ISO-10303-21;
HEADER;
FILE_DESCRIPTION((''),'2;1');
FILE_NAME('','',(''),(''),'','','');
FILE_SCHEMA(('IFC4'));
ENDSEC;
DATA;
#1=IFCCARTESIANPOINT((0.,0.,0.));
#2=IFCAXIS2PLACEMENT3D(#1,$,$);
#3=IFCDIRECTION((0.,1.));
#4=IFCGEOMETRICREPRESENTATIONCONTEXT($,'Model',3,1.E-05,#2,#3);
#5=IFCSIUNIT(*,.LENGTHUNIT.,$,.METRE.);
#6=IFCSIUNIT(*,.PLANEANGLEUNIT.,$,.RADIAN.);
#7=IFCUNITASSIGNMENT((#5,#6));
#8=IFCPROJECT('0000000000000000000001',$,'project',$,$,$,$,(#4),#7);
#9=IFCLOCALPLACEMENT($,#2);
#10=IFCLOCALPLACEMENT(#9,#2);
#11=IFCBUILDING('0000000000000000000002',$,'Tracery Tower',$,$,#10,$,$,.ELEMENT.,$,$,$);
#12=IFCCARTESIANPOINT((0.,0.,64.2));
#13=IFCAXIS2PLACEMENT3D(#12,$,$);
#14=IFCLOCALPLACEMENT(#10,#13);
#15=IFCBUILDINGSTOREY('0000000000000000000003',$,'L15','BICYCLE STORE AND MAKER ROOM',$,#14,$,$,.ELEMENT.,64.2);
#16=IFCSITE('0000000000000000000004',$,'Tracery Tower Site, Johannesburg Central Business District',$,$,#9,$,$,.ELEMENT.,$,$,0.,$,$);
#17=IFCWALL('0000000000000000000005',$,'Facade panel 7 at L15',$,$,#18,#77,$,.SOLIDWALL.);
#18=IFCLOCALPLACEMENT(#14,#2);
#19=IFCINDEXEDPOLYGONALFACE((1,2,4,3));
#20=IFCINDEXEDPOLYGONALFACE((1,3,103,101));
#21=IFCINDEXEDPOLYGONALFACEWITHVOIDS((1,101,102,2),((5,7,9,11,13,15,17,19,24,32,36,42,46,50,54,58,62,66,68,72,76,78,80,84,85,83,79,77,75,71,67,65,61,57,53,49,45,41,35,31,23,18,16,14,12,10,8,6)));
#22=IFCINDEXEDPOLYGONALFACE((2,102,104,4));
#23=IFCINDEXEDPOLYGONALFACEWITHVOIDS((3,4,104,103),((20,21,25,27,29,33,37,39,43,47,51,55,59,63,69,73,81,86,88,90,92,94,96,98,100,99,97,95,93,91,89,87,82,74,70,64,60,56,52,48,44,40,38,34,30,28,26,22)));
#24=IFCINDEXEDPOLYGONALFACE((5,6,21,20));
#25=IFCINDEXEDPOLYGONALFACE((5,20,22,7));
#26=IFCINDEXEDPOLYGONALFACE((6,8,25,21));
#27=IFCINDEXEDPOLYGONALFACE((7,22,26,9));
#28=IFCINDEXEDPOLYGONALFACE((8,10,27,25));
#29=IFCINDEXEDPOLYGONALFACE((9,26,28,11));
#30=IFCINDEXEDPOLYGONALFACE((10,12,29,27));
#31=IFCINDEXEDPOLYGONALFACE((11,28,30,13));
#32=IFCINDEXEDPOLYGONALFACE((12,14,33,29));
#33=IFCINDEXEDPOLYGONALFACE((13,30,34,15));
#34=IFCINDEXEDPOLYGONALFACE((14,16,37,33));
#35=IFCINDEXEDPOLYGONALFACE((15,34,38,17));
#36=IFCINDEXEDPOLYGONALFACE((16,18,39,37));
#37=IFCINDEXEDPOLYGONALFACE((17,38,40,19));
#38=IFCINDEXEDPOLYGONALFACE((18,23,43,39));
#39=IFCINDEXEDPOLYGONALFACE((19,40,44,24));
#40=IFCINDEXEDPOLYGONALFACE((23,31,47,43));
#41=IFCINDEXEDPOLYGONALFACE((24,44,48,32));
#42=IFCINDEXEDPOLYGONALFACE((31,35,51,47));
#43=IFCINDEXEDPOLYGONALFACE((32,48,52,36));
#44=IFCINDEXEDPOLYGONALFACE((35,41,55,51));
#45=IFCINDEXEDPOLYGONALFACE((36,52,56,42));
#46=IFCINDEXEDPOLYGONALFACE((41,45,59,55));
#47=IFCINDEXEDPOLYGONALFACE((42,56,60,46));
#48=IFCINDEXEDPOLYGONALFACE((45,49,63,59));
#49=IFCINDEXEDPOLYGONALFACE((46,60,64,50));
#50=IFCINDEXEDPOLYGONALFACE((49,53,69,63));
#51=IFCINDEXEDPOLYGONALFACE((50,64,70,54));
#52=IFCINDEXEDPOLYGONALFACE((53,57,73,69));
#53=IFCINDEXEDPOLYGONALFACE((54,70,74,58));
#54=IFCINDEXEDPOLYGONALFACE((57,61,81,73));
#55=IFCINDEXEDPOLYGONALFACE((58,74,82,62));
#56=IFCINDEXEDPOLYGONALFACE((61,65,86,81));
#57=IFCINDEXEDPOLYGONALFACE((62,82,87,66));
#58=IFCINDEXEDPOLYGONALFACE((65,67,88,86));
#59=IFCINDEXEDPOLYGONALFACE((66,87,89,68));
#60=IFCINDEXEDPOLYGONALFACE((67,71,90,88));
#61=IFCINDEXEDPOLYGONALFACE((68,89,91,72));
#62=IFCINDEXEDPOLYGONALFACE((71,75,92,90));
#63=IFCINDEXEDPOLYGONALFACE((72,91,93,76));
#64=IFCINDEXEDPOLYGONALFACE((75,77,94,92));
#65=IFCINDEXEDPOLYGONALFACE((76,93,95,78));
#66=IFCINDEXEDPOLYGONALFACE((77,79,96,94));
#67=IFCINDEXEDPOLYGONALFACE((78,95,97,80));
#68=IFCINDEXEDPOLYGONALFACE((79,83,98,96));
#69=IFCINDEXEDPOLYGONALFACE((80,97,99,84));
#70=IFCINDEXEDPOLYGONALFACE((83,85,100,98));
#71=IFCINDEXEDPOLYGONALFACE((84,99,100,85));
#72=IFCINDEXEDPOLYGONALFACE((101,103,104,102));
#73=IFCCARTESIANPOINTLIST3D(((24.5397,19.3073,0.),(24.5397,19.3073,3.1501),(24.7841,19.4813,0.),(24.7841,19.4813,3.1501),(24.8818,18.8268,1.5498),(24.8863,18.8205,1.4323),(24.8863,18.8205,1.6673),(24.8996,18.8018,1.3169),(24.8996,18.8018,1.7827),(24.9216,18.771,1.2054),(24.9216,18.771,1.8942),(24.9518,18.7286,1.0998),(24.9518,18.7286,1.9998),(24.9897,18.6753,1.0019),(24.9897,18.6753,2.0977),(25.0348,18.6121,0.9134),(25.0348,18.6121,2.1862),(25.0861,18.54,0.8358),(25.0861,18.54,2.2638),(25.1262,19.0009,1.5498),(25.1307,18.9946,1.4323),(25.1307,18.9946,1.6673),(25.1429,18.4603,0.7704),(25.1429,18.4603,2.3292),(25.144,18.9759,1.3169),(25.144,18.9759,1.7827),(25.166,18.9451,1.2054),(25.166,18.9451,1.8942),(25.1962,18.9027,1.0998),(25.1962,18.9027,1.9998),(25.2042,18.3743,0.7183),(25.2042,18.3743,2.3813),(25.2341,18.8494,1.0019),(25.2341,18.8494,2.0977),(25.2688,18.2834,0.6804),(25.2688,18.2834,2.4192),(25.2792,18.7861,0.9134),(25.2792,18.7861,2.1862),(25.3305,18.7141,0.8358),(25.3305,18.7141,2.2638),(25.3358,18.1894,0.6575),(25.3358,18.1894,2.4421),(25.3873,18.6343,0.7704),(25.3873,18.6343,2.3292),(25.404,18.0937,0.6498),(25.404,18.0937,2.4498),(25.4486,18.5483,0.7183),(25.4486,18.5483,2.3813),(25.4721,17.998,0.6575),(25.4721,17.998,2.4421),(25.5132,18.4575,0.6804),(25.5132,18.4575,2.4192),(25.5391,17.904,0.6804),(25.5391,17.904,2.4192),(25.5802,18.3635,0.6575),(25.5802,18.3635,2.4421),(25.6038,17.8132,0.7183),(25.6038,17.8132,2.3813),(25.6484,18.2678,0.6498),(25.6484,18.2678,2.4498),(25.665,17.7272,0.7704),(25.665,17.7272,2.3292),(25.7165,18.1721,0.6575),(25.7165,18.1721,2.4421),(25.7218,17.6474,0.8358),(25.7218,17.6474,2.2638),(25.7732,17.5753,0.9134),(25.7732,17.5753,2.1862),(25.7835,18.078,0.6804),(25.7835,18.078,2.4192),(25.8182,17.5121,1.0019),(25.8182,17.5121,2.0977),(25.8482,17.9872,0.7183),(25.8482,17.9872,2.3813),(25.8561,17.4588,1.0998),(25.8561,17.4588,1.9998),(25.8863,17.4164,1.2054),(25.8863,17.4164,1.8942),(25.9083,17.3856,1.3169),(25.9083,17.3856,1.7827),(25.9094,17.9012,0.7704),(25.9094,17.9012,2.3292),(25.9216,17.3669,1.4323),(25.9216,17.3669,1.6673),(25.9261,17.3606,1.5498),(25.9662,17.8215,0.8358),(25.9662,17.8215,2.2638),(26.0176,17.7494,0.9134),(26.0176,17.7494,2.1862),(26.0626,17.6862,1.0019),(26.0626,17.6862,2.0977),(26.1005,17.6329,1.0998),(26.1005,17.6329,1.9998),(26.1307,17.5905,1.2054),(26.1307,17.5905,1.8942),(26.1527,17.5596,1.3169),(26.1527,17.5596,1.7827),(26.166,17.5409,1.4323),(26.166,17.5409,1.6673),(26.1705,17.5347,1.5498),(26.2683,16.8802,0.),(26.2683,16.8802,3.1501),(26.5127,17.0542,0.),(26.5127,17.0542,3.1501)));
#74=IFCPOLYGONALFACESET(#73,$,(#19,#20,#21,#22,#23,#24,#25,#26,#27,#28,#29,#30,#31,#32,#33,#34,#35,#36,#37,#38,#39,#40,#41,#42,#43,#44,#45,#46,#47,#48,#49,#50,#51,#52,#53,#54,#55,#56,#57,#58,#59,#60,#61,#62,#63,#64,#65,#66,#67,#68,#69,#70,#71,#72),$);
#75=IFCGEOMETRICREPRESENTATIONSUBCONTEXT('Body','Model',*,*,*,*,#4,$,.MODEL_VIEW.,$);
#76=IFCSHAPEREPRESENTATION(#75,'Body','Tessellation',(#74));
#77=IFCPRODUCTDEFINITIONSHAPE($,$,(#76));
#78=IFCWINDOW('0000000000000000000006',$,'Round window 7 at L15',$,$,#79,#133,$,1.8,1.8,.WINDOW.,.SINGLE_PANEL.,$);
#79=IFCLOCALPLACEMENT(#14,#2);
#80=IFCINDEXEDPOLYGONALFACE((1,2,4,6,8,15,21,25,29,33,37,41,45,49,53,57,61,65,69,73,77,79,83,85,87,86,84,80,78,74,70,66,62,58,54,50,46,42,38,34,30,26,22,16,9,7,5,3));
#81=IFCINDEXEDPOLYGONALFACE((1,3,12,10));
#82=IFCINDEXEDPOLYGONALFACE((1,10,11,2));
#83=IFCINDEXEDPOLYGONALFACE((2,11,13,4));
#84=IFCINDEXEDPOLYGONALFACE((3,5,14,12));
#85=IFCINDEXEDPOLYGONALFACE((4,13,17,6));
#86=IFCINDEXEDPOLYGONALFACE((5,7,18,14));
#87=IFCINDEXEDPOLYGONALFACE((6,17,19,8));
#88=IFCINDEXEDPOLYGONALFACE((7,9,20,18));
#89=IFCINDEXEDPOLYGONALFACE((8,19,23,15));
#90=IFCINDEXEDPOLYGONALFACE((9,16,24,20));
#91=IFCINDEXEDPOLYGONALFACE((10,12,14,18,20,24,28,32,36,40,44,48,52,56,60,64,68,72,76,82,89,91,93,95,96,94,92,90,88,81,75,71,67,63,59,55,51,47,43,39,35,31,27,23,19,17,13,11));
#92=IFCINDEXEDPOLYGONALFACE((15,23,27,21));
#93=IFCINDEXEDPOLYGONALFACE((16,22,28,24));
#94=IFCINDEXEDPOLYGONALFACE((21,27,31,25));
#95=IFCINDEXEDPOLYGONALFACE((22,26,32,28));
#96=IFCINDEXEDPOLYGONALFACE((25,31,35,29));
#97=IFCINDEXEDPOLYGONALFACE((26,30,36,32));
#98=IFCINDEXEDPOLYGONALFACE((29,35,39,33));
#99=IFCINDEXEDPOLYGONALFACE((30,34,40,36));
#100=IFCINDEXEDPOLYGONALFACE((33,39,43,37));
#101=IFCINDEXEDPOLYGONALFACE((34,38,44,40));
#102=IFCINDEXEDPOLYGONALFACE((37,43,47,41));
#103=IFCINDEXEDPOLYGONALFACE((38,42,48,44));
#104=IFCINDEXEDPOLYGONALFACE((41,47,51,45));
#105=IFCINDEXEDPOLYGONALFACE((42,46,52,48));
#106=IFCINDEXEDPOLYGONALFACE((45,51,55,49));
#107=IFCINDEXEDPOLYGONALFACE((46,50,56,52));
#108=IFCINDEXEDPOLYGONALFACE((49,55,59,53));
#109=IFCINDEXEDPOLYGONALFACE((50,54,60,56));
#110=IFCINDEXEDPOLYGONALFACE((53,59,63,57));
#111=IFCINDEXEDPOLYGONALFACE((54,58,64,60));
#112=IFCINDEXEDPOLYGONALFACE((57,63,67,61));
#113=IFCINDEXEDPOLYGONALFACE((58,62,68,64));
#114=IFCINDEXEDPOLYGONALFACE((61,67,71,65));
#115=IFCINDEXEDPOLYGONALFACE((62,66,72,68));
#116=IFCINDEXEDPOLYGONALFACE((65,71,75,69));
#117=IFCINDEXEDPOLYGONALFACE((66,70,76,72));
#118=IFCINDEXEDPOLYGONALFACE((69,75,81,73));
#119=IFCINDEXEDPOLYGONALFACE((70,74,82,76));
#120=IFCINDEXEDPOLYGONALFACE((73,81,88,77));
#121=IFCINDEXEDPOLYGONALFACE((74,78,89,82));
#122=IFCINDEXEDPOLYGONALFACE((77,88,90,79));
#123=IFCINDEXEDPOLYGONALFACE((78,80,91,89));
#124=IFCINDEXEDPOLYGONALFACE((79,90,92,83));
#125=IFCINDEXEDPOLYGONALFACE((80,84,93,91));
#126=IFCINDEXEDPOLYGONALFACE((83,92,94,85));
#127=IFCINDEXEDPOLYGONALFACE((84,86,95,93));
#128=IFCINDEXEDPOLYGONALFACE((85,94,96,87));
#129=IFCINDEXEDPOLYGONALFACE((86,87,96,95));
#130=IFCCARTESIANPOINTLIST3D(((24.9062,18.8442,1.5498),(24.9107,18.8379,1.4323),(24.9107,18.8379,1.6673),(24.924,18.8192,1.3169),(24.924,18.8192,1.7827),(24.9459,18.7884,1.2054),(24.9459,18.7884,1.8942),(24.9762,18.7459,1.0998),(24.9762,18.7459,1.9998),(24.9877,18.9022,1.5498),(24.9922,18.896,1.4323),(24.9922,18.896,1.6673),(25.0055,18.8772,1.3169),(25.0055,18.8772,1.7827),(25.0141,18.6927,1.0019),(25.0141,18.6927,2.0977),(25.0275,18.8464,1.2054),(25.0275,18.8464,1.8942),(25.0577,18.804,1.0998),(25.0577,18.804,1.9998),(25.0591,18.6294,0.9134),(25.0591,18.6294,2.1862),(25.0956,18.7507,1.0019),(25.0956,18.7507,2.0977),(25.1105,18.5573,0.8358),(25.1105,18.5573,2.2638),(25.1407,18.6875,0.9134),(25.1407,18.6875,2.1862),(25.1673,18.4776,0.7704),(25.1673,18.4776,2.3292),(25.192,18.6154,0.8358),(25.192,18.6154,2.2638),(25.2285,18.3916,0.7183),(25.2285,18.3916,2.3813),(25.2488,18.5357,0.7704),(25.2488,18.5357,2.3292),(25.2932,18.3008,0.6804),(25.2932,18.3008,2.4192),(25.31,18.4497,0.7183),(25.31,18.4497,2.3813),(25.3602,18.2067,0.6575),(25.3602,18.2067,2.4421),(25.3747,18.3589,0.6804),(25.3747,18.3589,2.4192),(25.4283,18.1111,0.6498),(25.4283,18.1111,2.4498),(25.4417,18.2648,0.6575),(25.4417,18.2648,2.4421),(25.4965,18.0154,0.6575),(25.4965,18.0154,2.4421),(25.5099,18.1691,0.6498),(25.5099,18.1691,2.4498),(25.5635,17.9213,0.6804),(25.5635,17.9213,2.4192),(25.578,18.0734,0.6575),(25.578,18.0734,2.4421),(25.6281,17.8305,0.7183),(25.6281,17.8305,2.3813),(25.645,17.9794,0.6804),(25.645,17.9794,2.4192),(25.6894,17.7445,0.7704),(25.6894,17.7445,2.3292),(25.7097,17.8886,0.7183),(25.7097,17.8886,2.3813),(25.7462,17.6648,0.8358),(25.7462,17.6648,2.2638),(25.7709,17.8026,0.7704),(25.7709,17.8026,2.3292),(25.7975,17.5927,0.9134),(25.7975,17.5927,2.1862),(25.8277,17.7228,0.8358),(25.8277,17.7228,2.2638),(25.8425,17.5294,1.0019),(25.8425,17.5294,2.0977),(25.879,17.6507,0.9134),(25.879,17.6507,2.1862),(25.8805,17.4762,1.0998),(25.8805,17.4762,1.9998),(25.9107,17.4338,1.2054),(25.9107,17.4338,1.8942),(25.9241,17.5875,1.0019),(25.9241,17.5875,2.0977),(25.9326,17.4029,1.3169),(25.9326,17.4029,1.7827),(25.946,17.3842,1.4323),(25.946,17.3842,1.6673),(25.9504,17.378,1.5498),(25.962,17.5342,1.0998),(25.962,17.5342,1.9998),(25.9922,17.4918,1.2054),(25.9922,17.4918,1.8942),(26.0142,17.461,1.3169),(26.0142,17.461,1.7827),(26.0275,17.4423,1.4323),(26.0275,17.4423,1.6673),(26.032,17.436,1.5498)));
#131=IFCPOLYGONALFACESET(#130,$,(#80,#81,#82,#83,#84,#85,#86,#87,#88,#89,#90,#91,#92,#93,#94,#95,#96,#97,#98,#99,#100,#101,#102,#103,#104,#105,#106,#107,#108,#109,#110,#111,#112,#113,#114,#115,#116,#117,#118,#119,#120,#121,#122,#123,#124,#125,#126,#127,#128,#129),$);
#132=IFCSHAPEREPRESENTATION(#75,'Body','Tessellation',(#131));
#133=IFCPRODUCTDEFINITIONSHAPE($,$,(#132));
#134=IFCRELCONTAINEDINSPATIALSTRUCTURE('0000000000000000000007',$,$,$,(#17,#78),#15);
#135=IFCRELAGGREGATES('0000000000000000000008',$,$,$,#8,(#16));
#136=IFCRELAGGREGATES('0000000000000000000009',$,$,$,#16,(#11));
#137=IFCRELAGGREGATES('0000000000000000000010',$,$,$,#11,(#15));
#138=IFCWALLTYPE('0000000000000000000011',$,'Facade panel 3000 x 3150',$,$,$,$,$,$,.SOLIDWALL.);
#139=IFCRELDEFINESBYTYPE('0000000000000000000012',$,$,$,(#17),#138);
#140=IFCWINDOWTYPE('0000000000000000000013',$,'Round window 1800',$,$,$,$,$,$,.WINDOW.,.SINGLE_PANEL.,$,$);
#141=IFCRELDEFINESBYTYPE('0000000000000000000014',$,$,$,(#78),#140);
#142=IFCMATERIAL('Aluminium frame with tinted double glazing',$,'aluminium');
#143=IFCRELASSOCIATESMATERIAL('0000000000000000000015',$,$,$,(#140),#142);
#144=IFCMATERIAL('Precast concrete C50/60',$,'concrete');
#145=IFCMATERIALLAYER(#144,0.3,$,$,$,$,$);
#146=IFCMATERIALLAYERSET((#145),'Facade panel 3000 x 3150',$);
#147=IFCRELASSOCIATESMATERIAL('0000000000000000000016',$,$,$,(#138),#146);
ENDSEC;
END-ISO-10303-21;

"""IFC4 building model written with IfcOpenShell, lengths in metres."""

from ifc_helpers import new_model, si_unit, direction, frame, frame_2d, origin, origin_2d, place, context, subcontext, project, spatial, rectangle, circle, extrude, material, layer, layer_set, type_object, element, fill, save


model = new_model("IFC4")

# Units and contexts
model_context = context("Model", 3, precision=1e-05, world=origin(), true_north=direction((0.0, 1.0)))
body_context = subcontext(model_context, "Body", "Model", "MODEL_VIEW")
ifc_project = project(units=[si_unit("LENGTHUNIT", "METRE"), si_unit("PLANEANGLEUNIT", "RADIAN")], contexts=[model_context])

# Site, building, storey
site_placement = place(None, origin())
site = spatial("IfcSite", under=ifc_project, at=site_placement, Name="Tracery Tower Site, Johannesburg Central Business District", CompositionType="ELEMENT", RefElevation=0.0)
building_placement = place(site_placement, origin())
building = spatial("IfcBuilding", under=site, at=building_placement, Name="Tracery Tower", CompositionType="ELEMENT")
storey_placement = place(building_placement, frame((0.0, 0.0, 64.2)))
storey = spatial("IfcBuildingStorey", under=building, at=storey_placement, Name="L15", Description="BICYCLE STORE AND MAKER ROOM", CompositionType="ELEMENT", Elevation=64.2)

# Wall, opening, window
ifc_material_1 = material(Name="Aluminium frame with tinted double glazing", Category="aluminium")
window_type = type_object("IfcWindowType", Name="Round window 1800", PartitioningType="SINGLE_PANEL", PredefinedType="WINDOW", material=ifc_material_1)
ifc_material_2 = material(Name="Precast concrete C50/60", Category="concrete")
ifc_layer_1 = layer(ifc_material_2, 0.3)
ifc_layer_set_1 = layer_set([ifc_layer_1], Name="Facade panel 3000 x 3150")
wall_type_1 = type_object("IfcWallType", Name="Facade panel 3000 x 3150", PredefinedType="SOLIDWALL", material=ifc_layer_set_1)
wall_1_placement = place(storey_placement, frame((26.3904, 16.9673, 0.0), z_axis=(0.0, 0.0, 1.0), x_axis=(-0.580114, 0.814535, 0.0)))
wall_1 = element("IfcWall", 1, at=wall_1_placement, inside=storey, type_object=wall_type_1, Name="Facade panel 7 at L15", PredefinedType="SOLIDWALL", context=body_context, shape_type="SweptSolid", body=[
    extrude(rectangle(XDim=2.9797, YDim=0.3, at=frame_2d((1.4897, 0.0))), origin(), (0.0, 0.0, 1.0), 3.1501),
])
opening_1_placement = place(wall_1_placement, frame((1.4897, 0.0, 1.5498)))
opening_1 = element("IfcOpeningElement", 2, at=opening_1_placement, cuts=wall_1, PredefinedType="OPENING", context=body_context, shape_type="SweptSolid", body=[
    extrude(circle(Radius=0.9, at=origin_2d()), frame((0.0, 0.1599, 0.0), z_axis=(0.0, -1.0, 0.0), x_axis=(1.0, 0.0, 0.0)), (0.0, 0.0, 1.0), 0.3201),
])
window_1_placement = place(opening_1_placement, origin())
window_1 = element("IfcWindow", 3, at=window_1_placement, inside=storey, type_object=window_type, Name="Round window 7 at L15", OverallHeight=1.8, OverallWidth=1.8, PartitioningType="SINGLE_PANEL", PredefinedType="WINDOW", context=body_context, shape_type="SweptSolid", body=[
    extrude(circle(Radius=0.9, at=origin_2d()), frame((0.0, 0.1201, 0.0), z_axis=(0.0, -1.0, 0.0), x_axis=(1.0, 0.0, 0.0)), (0.0, 0.0, 1.0), 0.1001),
])
fill(opening_1, window_1)

save(model, "model.ifc")
